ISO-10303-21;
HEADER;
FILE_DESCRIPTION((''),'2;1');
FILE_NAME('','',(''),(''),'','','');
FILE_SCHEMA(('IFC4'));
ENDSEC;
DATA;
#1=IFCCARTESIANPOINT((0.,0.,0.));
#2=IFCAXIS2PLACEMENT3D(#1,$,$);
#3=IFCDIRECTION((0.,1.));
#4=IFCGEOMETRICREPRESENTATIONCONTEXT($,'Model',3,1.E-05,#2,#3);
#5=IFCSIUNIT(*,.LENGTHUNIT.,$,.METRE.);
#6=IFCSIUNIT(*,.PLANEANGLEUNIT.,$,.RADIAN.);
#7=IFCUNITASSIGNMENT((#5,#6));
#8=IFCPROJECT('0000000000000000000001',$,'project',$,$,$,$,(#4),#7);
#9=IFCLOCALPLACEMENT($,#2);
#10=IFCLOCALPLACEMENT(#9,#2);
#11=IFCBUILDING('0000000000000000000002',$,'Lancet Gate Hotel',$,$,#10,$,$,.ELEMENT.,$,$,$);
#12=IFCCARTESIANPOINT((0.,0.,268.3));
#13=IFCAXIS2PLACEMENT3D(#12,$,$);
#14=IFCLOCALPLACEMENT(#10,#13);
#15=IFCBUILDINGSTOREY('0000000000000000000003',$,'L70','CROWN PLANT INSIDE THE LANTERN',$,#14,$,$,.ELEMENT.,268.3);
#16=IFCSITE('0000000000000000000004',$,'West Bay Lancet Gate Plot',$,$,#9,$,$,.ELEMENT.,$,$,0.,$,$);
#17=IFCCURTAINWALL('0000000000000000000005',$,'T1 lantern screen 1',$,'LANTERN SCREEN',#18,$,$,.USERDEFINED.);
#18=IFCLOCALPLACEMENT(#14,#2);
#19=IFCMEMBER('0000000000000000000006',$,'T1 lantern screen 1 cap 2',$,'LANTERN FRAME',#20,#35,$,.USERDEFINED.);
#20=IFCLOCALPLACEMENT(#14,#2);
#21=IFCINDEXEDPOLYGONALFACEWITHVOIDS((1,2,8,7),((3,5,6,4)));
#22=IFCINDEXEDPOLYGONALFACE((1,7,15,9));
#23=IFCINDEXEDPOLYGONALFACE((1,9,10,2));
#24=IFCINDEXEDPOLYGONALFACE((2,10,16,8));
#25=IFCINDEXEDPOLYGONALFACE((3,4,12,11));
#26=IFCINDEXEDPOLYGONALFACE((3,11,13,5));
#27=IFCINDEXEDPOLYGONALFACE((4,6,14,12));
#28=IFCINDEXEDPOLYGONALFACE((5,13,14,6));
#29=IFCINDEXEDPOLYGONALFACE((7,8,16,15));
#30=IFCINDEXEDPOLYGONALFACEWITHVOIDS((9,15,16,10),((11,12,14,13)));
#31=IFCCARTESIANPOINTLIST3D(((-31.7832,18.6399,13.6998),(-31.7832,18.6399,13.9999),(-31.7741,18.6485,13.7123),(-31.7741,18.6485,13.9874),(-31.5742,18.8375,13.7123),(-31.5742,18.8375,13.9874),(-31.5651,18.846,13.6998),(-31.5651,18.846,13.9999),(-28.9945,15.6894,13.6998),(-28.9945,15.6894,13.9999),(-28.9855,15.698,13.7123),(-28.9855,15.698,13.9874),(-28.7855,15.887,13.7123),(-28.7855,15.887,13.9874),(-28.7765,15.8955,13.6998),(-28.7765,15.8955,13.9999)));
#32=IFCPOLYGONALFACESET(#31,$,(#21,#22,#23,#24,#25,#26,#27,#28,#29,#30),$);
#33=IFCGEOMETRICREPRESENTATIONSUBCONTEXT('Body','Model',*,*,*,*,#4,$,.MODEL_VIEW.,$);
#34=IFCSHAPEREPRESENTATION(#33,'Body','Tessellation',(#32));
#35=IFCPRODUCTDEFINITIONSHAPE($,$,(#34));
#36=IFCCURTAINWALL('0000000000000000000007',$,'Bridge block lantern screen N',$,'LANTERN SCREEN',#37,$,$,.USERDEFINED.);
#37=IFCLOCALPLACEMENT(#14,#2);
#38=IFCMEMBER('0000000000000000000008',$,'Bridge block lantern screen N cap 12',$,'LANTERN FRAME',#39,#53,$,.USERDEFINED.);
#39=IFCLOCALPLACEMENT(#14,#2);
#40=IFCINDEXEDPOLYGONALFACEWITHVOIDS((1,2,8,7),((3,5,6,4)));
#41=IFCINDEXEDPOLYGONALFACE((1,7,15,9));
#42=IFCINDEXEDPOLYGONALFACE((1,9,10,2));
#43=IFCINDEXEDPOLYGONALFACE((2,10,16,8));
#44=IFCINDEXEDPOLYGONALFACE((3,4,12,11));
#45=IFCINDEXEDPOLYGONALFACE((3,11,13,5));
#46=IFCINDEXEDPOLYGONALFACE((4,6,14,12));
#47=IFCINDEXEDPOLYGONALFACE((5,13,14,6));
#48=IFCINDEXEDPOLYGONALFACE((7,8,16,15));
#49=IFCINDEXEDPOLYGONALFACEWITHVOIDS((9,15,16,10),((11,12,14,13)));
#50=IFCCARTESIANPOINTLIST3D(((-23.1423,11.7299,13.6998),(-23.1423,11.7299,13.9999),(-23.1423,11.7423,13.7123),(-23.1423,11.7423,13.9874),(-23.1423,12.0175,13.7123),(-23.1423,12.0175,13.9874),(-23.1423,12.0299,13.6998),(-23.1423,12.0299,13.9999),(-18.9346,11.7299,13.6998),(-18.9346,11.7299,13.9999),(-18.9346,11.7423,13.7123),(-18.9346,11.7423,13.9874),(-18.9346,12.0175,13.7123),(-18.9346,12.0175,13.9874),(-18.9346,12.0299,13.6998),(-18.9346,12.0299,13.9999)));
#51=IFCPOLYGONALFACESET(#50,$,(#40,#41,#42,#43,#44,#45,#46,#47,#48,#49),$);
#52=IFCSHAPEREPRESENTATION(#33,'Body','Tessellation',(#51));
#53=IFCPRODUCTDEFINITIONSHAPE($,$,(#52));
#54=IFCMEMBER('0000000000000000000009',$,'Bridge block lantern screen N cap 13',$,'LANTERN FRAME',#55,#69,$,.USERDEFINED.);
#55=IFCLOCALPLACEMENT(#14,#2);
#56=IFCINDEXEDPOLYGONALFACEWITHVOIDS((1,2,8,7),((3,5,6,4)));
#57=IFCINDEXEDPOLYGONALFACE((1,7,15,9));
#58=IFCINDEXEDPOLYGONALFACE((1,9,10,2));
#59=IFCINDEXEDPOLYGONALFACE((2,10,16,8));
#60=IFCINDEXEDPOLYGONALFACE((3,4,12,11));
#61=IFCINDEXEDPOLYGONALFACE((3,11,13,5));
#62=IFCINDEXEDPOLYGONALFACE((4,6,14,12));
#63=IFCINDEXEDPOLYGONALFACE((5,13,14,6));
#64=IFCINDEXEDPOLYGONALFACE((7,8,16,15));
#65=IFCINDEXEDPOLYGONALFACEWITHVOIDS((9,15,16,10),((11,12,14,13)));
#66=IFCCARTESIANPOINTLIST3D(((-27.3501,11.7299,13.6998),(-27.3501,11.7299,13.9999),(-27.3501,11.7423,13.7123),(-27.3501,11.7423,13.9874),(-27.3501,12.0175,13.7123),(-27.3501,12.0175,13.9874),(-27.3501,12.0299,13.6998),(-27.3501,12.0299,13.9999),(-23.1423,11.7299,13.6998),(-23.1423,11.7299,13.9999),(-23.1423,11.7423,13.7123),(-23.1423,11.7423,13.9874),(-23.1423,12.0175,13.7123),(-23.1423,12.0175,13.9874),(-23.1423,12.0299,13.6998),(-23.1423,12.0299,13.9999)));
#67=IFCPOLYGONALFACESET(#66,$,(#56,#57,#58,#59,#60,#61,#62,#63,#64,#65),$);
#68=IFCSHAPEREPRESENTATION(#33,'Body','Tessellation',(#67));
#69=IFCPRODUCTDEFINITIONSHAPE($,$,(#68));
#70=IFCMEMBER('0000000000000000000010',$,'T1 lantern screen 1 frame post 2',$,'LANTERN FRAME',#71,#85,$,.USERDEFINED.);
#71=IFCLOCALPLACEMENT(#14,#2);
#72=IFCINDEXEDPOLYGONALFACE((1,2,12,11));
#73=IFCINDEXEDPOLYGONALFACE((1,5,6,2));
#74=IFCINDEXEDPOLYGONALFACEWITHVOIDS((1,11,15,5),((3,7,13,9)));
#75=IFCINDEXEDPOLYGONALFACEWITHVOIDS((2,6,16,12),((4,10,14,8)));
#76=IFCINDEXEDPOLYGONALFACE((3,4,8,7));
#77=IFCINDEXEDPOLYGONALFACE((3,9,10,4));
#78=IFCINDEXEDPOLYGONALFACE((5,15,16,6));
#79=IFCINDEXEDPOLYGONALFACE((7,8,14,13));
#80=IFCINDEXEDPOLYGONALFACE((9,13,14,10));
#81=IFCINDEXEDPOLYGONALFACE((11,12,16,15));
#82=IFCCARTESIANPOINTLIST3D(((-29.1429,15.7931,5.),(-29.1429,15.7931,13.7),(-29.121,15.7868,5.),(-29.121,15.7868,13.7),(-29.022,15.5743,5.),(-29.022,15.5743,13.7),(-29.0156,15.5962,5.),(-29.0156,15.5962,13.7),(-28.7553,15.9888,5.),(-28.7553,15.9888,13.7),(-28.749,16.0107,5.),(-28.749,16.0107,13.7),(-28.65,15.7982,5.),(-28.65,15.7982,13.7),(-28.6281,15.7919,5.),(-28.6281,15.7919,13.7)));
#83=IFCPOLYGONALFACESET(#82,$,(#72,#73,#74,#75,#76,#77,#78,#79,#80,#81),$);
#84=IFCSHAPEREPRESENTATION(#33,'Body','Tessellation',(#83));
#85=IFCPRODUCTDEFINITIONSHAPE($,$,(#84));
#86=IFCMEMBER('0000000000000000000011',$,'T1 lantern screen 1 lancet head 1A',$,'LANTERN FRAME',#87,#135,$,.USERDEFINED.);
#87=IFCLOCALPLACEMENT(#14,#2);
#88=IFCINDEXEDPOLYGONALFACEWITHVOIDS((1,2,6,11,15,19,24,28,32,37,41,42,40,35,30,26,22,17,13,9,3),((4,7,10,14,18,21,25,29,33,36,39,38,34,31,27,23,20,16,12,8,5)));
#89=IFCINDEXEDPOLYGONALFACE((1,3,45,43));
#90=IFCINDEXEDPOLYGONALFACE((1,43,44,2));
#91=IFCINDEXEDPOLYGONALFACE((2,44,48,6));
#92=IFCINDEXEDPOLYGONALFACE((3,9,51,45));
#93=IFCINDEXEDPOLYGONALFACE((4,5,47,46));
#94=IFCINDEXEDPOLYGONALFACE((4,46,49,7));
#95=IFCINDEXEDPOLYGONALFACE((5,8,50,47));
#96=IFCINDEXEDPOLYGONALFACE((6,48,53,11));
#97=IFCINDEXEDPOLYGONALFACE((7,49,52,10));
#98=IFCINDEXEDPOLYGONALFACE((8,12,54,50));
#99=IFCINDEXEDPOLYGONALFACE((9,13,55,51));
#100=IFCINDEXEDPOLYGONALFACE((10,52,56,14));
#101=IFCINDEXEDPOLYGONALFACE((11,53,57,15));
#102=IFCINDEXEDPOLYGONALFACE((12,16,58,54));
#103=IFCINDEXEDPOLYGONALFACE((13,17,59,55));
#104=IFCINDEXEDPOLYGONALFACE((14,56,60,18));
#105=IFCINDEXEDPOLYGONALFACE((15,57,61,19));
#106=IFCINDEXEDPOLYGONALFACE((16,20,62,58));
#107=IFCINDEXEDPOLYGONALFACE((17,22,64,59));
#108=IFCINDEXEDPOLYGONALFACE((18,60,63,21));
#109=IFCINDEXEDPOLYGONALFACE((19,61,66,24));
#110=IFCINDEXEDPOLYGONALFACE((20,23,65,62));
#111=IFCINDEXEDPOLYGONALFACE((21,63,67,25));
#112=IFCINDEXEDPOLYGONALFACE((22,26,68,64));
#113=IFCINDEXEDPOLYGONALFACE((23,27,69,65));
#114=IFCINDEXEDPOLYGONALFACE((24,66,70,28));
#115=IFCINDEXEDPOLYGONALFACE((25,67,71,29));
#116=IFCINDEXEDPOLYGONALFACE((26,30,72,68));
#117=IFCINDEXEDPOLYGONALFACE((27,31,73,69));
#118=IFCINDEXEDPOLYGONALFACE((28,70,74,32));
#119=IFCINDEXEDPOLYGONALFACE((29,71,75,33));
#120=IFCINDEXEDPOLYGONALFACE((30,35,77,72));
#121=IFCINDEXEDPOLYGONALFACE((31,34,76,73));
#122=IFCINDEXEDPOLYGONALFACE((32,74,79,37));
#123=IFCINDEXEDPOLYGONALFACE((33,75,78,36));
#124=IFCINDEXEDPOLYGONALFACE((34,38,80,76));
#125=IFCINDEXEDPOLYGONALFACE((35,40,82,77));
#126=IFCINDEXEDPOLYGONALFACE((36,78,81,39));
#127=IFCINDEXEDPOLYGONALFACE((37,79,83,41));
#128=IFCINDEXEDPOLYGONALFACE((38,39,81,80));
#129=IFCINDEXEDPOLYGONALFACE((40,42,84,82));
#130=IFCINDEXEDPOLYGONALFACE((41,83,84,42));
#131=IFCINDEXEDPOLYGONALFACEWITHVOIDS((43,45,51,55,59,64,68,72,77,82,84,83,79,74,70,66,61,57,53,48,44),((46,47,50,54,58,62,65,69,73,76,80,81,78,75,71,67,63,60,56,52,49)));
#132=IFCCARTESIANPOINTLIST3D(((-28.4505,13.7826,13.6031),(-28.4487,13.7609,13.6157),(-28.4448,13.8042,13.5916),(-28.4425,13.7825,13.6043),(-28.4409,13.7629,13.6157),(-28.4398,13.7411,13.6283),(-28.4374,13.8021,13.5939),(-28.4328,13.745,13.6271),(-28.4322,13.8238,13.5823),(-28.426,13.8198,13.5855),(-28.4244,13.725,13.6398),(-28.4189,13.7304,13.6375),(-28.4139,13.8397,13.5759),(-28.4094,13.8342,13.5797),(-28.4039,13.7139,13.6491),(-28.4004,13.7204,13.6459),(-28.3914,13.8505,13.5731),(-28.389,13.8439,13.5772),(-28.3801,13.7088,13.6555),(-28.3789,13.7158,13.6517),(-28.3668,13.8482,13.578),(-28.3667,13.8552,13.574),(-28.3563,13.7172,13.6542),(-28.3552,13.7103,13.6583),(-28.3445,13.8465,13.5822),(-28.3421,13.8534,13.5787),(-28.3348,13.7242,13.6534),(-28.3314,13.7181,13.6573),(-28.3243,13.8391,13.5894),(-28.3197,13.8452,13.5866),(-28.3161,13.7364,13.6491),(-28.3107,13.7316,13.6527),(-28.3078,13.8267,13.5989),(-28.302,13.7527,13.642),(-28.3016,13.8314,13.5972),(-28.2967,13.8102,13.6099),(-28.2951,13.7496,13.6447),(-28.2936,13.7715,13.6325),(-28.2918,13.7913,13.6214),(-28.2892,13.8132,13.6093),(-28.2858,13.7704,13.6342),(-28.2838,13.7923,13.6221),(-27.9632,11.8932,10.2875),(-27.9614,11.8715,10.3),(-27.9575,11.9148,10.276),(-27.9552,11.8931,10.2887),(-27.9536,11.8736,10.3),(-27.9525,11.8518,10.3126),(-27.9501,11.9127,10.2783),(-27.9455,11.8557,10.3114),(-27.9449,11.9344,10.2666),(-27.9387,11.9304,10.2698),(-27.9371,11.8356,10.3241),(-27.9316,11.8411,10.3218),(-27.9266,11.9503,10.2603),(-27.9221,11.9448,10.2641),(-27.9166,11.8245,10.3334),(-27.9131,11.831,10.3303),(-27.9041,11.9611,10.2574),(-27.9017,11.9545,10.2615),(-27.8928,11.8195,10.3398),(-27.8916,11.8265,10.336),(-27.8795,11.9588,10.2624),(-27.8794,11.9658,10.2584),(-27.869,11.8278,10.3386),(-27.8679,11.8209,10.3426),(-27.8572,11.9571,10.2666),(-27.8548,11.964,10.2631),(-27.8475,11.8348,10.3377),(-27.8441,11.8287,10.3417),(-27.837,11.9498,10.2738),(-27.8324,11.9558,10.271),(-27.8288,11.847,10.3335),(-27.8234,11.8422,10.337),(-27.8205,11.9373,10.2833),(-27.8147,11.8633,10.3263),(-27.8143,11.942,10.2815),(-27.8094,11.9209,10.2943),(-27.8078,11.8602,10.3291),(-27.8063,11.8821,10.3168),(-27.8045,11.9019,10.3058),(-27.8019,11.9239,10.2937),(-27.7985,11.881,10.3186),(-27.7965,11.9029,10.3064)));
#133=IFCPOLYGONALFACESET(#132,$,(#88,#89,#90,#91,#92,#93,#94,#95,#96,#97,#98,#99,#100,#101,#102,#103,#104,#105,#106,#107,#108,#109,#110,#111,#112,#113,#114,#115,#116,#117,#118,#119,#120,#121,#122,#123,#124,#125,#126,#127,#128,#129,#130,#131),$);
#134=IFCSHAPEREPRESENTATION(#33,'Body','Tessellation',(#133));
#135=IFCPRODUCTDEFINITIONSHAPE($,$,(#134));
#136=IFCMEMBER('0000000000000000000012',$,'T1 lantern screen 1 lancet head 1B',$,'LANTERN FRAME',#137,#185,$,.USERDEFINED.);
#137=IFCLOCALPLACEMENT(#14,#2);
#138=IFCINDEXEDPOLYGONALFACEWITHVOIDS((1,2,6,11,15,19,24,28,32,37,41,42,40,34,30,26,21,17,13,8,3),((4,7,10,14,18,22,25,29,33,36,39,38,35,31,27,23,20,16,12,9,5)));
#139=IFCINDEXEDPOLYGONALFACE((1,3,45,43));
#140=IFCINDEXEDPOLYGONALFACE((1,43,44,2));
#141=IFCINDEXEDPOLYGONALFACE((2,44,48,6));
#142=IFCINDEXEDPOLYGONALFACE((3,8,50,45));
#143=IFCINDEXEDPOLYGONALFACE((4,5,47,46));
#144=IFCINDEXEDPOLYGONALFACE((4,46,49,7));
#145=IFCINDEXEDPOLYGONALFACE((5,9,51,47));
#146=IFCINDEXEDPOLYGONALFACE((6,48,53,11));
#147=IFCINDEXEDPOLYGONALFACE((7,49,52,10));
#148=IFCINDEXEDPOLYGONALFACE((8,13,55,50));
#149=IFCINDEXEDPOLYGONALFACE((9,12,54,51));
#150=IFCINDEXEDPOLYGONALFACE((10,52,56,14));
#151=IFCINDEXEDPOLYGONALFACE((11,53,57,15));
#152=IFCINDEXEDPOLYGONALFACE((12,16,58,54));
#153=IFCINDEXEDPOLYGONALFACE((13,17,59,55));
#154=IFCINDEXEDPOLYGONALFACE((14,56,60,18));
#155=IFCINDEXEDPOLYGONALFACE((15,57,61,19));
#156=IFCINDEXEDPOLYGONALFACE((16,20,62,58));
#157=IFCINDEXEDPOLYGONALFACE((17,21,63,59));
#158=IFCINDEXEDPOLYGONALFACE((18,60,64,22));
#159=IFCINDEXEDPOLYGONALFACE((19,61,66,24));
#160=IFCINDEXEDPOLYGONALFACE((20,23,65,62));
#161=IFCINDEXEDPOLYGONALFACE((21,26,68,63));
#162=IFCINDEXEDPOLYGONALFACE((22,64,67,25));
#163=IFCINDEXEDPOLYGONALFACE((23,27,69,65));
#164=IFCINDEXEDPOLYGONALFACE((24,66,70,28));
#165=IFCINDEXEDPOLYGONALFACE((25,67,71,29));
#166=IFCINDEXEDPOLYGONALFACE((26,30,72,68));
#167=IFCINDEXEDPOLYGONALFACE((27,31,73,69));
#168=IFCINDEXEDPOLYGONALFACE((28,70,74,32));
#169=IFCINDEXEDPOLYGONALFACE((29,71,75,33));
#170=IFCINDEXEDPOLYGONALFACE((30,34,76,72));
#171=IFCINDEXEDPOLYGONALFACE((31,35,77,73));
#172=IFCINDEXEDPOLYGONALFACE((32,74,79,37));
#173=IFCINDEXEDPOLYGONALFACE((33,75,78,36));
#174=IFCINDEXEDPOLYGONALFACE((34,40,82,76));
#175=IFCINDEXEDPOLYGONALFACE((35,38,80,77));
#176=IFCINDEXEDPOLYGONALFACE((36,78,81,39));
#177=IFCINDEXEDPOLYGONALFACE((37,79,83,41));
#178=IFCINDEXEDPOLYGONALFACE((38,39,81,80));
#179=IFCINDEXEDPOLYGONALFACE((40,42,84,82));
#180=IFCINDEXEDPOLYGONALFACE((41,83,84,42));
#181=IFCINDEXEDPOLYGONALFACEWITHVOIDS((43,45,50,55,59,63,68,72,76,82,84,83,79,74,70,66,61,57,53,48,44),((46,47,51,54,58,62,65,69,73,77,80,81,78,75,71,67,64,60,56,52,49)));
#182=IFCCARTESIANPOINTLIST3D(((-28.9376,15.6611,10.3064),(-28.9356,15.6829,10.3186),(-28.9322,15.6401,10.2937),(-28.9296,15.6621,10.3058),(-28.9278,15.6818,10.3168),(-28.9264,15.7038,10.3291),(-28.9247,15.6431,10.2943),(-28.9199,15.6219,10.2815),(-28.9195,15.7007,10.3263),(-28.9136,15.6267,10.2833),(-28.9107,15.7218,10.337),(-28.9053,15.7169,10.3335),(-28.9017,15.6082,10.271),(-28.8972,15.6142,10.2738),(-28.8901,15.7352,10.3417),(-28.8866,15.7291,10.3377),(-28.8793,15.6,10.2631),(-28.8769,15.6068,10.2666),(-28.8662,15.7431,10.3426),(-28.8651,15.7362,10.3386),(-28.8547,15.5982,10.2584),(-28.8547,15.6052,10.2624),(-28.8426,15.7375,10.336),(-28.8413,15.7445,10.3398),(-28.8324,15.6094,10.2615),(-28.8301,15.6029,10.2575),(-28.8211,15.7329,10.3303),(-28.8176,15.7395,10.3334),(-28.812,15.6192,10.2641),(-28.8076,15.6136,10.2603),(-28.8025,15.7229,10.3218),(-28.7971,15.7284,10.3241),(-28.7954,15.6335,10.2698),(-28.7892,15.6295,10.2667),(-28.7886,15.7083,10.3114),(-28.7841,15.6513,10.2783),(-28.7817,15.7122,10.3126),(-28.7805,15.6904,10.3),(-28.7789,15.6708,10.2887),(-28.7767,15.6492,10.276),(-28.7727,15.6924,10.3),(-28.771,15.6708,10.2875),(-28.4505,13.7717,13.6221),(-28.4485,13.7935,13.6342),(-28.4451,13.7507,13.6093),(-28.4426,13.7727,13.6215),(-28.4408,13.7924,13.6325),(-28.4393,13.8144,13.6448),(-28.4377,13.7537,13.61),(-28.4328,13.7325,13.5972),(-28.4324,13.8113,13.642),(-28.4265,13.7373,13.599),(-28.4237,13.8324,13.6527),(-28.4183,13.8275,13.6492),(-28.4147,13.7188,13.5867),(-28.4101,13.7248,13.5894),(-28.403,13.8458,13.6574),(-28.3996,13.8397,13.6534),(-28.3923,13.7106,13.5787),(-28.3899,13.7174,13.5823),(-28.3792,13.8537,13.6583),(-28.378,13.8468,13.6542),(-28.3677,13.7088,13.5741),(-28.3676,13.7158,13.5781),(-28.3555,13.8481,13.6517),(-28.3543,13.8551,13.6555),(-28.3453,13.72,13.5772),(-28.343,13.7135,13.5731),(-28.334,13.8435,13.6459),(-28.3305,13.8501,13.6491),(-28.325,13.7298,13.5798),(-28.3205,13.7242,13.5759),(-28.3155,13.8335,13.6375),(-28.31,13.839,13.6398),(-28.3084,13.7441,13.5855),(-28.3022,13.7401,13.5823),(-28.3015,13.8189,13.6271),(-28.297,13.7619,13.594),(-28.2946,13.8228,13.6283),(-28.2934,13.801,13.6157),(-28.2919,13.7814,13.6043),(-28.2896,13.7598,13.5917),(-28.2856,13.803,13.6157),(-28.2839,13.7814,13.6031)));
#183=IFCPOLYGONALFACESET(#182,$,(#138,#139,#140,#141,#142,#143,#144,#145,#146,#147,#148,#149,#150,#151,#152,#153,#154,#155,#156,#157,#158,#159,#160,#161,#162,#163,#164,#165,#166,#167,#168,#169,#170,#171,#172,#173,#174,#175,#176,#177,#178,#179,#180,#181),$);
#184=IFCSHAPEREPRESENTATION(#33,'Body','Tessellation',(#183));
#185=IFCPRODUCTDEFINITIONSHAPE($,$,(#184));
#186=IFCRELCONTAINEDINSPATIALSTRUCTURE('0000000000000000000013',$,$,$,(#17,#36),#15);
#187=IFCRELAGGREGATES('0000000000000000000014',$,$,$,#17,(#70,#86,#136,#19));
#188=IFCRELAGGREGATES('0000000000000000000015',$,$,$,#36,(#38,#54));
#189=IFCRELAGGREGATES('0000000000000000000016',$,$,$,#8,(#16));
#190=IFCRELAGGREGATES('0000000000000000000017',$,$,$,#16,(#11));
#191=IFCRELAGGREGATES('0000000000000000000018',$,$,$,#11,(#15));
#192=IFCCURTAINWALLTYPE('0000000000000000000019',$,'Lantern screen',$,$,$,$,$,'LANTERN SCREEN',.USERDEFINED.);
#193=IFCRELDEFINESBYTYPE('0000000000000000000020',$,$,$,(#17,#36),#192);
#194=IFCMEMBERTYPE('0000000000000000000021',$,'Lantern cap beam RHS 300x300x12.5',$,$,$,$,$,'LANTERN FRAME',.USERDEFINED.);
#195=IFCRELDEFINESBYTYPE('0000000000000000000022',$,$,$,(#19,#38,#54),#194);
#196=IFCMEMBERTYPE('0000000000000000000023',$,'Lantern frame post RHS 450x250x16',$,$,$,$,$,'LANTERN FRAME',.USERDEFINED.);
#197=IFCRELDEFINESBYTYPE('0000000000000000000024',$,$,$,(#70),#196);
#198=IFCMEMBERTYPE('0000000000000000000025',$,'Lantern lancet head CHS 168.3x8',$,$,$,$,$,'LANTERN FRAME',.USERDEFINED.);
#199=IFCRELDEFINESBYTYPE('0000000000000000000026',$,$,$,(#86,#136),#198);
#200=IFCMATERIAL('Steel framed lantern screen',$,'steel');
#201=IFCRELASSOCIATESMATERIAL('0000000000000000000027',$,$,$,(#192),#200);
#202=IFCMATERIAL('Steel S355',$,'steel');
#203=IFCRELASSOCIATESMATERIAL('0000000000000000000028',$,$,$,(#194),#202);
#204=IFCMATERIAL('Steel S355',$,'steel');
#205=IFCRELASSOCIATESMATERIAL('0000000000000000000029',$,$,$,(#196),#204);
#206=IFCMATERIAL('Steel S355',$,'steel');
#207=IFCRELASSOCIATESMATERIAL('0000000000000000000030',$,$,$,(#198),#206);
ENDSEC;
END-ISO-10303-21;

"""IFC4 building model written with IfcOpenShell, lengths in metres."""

from ifc_helpers import new_model, si_unit, direction, frame, origin, origin_2d, place, context, subcontext, project, spatial, hollow_rectangle, hollow_circle, extrude, material, material_profile, profile_set, type_object, element, aggregate, save


model = new_model("IFC4")

# Units and contexts
model_context = context("Model", 3, precision=1e-05, world=origin(), true_north=direction((0.0, 1.0)))
body_context = subcontext(model_context, "Body", "Model", "MODEL_VIEW")
ifc_project = project(units=[si_unit("LENGTHUNIT", "METRE"), si_unit("PLANEANGLEUNIT", "RADIAN")], contexts=[model_context])

# Site, building, storey
site_placement = place(None, origin())
site = spatial("IfcSite", under=ifc_project, at=site_placement, Name="West Bay Lancet Gate Plot", CompositionType="ELEMENT", RefElevation=0.0)
building_placement = place(site_placement, origin())
building = spatial("IfcBuilding", under=site, at=building_placement, Name="Lancet Gate Hotel", CompositionType="ELEMENT")
storey_placement = place(building_placement, frame((0.0, 0.0, 268.3)))
storey = spatial("IfcBuildingStorey", under=building, at=storey_placement, Name="L70", Description="CROWN PLANT INSIDE THE LANTERN", CompositionType="ELEMENT", Elevation=268.3)

# Curtain wall, member
ifc_material_1 = material(Name="Steel framed lantern screen", Category="steel")
curtain_wall_type = type_object("IfcCurtainWallType", Name="Lantern screen", ElementType="LANTERN SCREEN", PredefinedType="USERDEFINED", material=ifc_material_1)
curtain_wall_1_placement = place(storey_placement, origin())
curtain_wall_1 = element("IfcCurtainWall", 1, at=curtain_wall_1_placement, inside=storey, type_object=curtain_wall_type, Name="T1 lantern screen 1", ObjectType="LANTERN SCREEN", PredefinedType="USERDEFINED")
ifc_material_2 = material(Name="Steel S355", Category="steel")
ifc_material_profile_1 = material_profile(ifc_material_2, hollow_rectangle(XDim=0.3, YDim=0.3, WallThickness=0.0125, at=origin_2d()), Name="RHS 300x300x12.5")
ifc_profile_set_1 = profile_set([ifc_material_profile_1], Name="Steel S355")
member_type_1 = type_object("IfcMemberType", Name="Lantern cap beam RHS 300x300x12.5", ElementType="LANTERN FRAME", PredefinedType="USERDEFINED", material=ifc_profile_set_1)
member_1_placement = place(storey_placement, frame((-28.8855, 15.7925, 13.8499), z_axis=(-0.68689, 0.726761, 0.0), x_axis=(-0.726761, -0.68689, 0.0)))
member_1 = element("IfcMember", 2, at=member_1_placement, type_object=member_type_1, Name="T1 lantern screen 1 cap 2", ObjectType="LANTERN FRAME", PredefinedType="USERDEFINED", context=body_context, shape_type="SweptSolid", body=[
    extrude(hollow_rectangle(XDim=0.3, YDim=0.3, WallThickness=0.0125, at=origin_2d()), origin(), (0.0, 0.0, 1.0), 4.0598),
])

# Curtain wall, members
curtain_wall_2_placement = place(storey_placement, origin())
curtain_wall_2 = element("IfcCurtainWall", 3, at=curtain_wall_2_placement, inside=storey, type_object=curtain_wall_type, Name="Bridge block lantern screen N", ObjectType="LANTERN SCREEN", PredefinedType="USERDEFINED")
member_2_placement = place(storey_placement, frame((-18.9346, 11.8799, 13.8499), z_axis=(-1.0, 0.0, 0.0), x_axis=(0.0, -1.0, 0.0)))
member_2 = element("IfcMember", 4, at=member_2_placement, type_object=member_type_1, Name="Bridge block lantern screen N cap 12", ObjectType="LANTERN FRAME", PredefinedType="USERDEFINED", context=body_context, shape_type="SweptSolid", body=[
    extrude(hollow_rectangle(XDim=0.3, YDim=0.3, WallThickness=0.0125, at=origin_2d()), origin(), (0.0, 0.0, 1.0), 4.2078),
])
member_3_placement = place(storey_placement, frame((-23.1423, 11.8799, 13.8499), z_axis=(-1.0, 0.0, 0.0), x_axis=(0.0, -1.0, 0.0)))
member_3 = element("IfcMember", 5, at=member_3_placement, type_object=member_type_1, Name="Bridge block lantern screen N cap 13", ObjectType="LANTERN FRAME", PredefinedType="USERDEFINED", context=body_context, shape_type="SweptSolid", body=[
    extrude(hollow_rectangle(XDim=0.3, YDim=0.3, WallThickness=0.0125, at=origin_2d()), origin(), (0.0, 0.0, 1.0), 4.2078),
])

# Members
ifc_material_3 = material(Name="Steel S355", Category="steel")
ifc_material_profile_2 = material_profile(ifc_material_3, hollow_rectangle(XDim=0.25, YDim=0.45, WallThickness=0.0161, at=origin_2d()), Name="RHS 450x250x16")
ifc_profile_set_2 = profile_set([ifc_material_profile_2], Name="Steel S355")
member_type_2 = type_object("IfcMemberType", Name="Lantern frame post RHS 450x250x16", ElementType="LANTERN FRAME", PredefinedType="USERDEFINED", material=ifc_profile_set_2)
member_4_placement = place(storey_placement, frame((-28.8855, 15.7925, 5.0), z_axis=(0.0, 0.0, 1.0), x_axis=(-0.483627, 0.875274, 0.0)))
member_4 = element("IfcMember", 6, at=member_4_placement, type_object=member_type_2, Name="T1 lantern screen 1 frame post 2", ObjectType="LANTERN FRAME", PredefinedType="USERDEFINED", context=body_context, shape_type="SweptSolid", body=[
    extrude(hollow_rectangle(XDim=0.25, YDim=0.45, WallThickness=0.0161, at=origin_2d()), origin(), (0.0, 0.0, 1.0), 8.7),
])
ifc_material_4 = material(Name="Steel S355", Category="steel")
ifc_material_profile_3 = material_profile(ifc_material_4, hollow_circle(Radius=0.0842, WallThickness=0.0081, at=origin_2d()), Name="CHS 168.3x8.0")
ifc_profile_set_3 = profile_set([ifc_material_profile_3], Name="Steel S355")
member_type_3 = type_object("IfcMemberType", Name="Lantern lancet head CHS 168.3x8", ElementType="LANTERN FRAME", PredefinedType="USERDEFINED", material=ifc_profile_set_3)
member_5_placement = place(storey_placement, frame((-27.8799, 11.8926, 10.3), z_axis=(-0.126665, 0.491111, 0.861839), x_axis=(-0.968312, -0.249742, 0.0)))
member_5 = element("IfcMember", 7, at=member_5_placement, type_object=member_type_3, Name="T1 lantern screen 1 lancet head 1A", ObjectType="LANTERN FRAME", PredefinedType="USERDEFINED", context=body_context, shape_type="SweptSolid", body=[
    extrude(hollow_circle(Radius=0.0842, WallThickness=0.0081, at=origin_2d()), origin(), (0.0, 0.0, 1.0), 3.8472),
])
member_6_placement = place(storey_placement, frame((-28.8542, 15.6714, 10.3), z_axis=(0.126602, -0.491114, 0.861846), x_axis=(0.968343, 0.249624, 0.0)))
member_6 = element("IfcMember", 8, at=member_6_placement, type_object=member_type_3, Name="T1 lantern screen 1 lancet head 1B", ObjectType="LANTERN FRAME", PredefinedType="USERDEFINED", context=body_context, shape_type="SweptSolid", body=[
    extrude(hollow_circle(Radius=0.0842, WallThickness=0.0081, at=origin_2d()), origin(), (0.0, 0.0, 1.0), 3.8472),
])

aggregate(curtain_wall_1, [member_4, member_5, member_6, member_1])
aggregate(curtain_wall_2, [member_2, member_3])

save(model, "model.ifc")
